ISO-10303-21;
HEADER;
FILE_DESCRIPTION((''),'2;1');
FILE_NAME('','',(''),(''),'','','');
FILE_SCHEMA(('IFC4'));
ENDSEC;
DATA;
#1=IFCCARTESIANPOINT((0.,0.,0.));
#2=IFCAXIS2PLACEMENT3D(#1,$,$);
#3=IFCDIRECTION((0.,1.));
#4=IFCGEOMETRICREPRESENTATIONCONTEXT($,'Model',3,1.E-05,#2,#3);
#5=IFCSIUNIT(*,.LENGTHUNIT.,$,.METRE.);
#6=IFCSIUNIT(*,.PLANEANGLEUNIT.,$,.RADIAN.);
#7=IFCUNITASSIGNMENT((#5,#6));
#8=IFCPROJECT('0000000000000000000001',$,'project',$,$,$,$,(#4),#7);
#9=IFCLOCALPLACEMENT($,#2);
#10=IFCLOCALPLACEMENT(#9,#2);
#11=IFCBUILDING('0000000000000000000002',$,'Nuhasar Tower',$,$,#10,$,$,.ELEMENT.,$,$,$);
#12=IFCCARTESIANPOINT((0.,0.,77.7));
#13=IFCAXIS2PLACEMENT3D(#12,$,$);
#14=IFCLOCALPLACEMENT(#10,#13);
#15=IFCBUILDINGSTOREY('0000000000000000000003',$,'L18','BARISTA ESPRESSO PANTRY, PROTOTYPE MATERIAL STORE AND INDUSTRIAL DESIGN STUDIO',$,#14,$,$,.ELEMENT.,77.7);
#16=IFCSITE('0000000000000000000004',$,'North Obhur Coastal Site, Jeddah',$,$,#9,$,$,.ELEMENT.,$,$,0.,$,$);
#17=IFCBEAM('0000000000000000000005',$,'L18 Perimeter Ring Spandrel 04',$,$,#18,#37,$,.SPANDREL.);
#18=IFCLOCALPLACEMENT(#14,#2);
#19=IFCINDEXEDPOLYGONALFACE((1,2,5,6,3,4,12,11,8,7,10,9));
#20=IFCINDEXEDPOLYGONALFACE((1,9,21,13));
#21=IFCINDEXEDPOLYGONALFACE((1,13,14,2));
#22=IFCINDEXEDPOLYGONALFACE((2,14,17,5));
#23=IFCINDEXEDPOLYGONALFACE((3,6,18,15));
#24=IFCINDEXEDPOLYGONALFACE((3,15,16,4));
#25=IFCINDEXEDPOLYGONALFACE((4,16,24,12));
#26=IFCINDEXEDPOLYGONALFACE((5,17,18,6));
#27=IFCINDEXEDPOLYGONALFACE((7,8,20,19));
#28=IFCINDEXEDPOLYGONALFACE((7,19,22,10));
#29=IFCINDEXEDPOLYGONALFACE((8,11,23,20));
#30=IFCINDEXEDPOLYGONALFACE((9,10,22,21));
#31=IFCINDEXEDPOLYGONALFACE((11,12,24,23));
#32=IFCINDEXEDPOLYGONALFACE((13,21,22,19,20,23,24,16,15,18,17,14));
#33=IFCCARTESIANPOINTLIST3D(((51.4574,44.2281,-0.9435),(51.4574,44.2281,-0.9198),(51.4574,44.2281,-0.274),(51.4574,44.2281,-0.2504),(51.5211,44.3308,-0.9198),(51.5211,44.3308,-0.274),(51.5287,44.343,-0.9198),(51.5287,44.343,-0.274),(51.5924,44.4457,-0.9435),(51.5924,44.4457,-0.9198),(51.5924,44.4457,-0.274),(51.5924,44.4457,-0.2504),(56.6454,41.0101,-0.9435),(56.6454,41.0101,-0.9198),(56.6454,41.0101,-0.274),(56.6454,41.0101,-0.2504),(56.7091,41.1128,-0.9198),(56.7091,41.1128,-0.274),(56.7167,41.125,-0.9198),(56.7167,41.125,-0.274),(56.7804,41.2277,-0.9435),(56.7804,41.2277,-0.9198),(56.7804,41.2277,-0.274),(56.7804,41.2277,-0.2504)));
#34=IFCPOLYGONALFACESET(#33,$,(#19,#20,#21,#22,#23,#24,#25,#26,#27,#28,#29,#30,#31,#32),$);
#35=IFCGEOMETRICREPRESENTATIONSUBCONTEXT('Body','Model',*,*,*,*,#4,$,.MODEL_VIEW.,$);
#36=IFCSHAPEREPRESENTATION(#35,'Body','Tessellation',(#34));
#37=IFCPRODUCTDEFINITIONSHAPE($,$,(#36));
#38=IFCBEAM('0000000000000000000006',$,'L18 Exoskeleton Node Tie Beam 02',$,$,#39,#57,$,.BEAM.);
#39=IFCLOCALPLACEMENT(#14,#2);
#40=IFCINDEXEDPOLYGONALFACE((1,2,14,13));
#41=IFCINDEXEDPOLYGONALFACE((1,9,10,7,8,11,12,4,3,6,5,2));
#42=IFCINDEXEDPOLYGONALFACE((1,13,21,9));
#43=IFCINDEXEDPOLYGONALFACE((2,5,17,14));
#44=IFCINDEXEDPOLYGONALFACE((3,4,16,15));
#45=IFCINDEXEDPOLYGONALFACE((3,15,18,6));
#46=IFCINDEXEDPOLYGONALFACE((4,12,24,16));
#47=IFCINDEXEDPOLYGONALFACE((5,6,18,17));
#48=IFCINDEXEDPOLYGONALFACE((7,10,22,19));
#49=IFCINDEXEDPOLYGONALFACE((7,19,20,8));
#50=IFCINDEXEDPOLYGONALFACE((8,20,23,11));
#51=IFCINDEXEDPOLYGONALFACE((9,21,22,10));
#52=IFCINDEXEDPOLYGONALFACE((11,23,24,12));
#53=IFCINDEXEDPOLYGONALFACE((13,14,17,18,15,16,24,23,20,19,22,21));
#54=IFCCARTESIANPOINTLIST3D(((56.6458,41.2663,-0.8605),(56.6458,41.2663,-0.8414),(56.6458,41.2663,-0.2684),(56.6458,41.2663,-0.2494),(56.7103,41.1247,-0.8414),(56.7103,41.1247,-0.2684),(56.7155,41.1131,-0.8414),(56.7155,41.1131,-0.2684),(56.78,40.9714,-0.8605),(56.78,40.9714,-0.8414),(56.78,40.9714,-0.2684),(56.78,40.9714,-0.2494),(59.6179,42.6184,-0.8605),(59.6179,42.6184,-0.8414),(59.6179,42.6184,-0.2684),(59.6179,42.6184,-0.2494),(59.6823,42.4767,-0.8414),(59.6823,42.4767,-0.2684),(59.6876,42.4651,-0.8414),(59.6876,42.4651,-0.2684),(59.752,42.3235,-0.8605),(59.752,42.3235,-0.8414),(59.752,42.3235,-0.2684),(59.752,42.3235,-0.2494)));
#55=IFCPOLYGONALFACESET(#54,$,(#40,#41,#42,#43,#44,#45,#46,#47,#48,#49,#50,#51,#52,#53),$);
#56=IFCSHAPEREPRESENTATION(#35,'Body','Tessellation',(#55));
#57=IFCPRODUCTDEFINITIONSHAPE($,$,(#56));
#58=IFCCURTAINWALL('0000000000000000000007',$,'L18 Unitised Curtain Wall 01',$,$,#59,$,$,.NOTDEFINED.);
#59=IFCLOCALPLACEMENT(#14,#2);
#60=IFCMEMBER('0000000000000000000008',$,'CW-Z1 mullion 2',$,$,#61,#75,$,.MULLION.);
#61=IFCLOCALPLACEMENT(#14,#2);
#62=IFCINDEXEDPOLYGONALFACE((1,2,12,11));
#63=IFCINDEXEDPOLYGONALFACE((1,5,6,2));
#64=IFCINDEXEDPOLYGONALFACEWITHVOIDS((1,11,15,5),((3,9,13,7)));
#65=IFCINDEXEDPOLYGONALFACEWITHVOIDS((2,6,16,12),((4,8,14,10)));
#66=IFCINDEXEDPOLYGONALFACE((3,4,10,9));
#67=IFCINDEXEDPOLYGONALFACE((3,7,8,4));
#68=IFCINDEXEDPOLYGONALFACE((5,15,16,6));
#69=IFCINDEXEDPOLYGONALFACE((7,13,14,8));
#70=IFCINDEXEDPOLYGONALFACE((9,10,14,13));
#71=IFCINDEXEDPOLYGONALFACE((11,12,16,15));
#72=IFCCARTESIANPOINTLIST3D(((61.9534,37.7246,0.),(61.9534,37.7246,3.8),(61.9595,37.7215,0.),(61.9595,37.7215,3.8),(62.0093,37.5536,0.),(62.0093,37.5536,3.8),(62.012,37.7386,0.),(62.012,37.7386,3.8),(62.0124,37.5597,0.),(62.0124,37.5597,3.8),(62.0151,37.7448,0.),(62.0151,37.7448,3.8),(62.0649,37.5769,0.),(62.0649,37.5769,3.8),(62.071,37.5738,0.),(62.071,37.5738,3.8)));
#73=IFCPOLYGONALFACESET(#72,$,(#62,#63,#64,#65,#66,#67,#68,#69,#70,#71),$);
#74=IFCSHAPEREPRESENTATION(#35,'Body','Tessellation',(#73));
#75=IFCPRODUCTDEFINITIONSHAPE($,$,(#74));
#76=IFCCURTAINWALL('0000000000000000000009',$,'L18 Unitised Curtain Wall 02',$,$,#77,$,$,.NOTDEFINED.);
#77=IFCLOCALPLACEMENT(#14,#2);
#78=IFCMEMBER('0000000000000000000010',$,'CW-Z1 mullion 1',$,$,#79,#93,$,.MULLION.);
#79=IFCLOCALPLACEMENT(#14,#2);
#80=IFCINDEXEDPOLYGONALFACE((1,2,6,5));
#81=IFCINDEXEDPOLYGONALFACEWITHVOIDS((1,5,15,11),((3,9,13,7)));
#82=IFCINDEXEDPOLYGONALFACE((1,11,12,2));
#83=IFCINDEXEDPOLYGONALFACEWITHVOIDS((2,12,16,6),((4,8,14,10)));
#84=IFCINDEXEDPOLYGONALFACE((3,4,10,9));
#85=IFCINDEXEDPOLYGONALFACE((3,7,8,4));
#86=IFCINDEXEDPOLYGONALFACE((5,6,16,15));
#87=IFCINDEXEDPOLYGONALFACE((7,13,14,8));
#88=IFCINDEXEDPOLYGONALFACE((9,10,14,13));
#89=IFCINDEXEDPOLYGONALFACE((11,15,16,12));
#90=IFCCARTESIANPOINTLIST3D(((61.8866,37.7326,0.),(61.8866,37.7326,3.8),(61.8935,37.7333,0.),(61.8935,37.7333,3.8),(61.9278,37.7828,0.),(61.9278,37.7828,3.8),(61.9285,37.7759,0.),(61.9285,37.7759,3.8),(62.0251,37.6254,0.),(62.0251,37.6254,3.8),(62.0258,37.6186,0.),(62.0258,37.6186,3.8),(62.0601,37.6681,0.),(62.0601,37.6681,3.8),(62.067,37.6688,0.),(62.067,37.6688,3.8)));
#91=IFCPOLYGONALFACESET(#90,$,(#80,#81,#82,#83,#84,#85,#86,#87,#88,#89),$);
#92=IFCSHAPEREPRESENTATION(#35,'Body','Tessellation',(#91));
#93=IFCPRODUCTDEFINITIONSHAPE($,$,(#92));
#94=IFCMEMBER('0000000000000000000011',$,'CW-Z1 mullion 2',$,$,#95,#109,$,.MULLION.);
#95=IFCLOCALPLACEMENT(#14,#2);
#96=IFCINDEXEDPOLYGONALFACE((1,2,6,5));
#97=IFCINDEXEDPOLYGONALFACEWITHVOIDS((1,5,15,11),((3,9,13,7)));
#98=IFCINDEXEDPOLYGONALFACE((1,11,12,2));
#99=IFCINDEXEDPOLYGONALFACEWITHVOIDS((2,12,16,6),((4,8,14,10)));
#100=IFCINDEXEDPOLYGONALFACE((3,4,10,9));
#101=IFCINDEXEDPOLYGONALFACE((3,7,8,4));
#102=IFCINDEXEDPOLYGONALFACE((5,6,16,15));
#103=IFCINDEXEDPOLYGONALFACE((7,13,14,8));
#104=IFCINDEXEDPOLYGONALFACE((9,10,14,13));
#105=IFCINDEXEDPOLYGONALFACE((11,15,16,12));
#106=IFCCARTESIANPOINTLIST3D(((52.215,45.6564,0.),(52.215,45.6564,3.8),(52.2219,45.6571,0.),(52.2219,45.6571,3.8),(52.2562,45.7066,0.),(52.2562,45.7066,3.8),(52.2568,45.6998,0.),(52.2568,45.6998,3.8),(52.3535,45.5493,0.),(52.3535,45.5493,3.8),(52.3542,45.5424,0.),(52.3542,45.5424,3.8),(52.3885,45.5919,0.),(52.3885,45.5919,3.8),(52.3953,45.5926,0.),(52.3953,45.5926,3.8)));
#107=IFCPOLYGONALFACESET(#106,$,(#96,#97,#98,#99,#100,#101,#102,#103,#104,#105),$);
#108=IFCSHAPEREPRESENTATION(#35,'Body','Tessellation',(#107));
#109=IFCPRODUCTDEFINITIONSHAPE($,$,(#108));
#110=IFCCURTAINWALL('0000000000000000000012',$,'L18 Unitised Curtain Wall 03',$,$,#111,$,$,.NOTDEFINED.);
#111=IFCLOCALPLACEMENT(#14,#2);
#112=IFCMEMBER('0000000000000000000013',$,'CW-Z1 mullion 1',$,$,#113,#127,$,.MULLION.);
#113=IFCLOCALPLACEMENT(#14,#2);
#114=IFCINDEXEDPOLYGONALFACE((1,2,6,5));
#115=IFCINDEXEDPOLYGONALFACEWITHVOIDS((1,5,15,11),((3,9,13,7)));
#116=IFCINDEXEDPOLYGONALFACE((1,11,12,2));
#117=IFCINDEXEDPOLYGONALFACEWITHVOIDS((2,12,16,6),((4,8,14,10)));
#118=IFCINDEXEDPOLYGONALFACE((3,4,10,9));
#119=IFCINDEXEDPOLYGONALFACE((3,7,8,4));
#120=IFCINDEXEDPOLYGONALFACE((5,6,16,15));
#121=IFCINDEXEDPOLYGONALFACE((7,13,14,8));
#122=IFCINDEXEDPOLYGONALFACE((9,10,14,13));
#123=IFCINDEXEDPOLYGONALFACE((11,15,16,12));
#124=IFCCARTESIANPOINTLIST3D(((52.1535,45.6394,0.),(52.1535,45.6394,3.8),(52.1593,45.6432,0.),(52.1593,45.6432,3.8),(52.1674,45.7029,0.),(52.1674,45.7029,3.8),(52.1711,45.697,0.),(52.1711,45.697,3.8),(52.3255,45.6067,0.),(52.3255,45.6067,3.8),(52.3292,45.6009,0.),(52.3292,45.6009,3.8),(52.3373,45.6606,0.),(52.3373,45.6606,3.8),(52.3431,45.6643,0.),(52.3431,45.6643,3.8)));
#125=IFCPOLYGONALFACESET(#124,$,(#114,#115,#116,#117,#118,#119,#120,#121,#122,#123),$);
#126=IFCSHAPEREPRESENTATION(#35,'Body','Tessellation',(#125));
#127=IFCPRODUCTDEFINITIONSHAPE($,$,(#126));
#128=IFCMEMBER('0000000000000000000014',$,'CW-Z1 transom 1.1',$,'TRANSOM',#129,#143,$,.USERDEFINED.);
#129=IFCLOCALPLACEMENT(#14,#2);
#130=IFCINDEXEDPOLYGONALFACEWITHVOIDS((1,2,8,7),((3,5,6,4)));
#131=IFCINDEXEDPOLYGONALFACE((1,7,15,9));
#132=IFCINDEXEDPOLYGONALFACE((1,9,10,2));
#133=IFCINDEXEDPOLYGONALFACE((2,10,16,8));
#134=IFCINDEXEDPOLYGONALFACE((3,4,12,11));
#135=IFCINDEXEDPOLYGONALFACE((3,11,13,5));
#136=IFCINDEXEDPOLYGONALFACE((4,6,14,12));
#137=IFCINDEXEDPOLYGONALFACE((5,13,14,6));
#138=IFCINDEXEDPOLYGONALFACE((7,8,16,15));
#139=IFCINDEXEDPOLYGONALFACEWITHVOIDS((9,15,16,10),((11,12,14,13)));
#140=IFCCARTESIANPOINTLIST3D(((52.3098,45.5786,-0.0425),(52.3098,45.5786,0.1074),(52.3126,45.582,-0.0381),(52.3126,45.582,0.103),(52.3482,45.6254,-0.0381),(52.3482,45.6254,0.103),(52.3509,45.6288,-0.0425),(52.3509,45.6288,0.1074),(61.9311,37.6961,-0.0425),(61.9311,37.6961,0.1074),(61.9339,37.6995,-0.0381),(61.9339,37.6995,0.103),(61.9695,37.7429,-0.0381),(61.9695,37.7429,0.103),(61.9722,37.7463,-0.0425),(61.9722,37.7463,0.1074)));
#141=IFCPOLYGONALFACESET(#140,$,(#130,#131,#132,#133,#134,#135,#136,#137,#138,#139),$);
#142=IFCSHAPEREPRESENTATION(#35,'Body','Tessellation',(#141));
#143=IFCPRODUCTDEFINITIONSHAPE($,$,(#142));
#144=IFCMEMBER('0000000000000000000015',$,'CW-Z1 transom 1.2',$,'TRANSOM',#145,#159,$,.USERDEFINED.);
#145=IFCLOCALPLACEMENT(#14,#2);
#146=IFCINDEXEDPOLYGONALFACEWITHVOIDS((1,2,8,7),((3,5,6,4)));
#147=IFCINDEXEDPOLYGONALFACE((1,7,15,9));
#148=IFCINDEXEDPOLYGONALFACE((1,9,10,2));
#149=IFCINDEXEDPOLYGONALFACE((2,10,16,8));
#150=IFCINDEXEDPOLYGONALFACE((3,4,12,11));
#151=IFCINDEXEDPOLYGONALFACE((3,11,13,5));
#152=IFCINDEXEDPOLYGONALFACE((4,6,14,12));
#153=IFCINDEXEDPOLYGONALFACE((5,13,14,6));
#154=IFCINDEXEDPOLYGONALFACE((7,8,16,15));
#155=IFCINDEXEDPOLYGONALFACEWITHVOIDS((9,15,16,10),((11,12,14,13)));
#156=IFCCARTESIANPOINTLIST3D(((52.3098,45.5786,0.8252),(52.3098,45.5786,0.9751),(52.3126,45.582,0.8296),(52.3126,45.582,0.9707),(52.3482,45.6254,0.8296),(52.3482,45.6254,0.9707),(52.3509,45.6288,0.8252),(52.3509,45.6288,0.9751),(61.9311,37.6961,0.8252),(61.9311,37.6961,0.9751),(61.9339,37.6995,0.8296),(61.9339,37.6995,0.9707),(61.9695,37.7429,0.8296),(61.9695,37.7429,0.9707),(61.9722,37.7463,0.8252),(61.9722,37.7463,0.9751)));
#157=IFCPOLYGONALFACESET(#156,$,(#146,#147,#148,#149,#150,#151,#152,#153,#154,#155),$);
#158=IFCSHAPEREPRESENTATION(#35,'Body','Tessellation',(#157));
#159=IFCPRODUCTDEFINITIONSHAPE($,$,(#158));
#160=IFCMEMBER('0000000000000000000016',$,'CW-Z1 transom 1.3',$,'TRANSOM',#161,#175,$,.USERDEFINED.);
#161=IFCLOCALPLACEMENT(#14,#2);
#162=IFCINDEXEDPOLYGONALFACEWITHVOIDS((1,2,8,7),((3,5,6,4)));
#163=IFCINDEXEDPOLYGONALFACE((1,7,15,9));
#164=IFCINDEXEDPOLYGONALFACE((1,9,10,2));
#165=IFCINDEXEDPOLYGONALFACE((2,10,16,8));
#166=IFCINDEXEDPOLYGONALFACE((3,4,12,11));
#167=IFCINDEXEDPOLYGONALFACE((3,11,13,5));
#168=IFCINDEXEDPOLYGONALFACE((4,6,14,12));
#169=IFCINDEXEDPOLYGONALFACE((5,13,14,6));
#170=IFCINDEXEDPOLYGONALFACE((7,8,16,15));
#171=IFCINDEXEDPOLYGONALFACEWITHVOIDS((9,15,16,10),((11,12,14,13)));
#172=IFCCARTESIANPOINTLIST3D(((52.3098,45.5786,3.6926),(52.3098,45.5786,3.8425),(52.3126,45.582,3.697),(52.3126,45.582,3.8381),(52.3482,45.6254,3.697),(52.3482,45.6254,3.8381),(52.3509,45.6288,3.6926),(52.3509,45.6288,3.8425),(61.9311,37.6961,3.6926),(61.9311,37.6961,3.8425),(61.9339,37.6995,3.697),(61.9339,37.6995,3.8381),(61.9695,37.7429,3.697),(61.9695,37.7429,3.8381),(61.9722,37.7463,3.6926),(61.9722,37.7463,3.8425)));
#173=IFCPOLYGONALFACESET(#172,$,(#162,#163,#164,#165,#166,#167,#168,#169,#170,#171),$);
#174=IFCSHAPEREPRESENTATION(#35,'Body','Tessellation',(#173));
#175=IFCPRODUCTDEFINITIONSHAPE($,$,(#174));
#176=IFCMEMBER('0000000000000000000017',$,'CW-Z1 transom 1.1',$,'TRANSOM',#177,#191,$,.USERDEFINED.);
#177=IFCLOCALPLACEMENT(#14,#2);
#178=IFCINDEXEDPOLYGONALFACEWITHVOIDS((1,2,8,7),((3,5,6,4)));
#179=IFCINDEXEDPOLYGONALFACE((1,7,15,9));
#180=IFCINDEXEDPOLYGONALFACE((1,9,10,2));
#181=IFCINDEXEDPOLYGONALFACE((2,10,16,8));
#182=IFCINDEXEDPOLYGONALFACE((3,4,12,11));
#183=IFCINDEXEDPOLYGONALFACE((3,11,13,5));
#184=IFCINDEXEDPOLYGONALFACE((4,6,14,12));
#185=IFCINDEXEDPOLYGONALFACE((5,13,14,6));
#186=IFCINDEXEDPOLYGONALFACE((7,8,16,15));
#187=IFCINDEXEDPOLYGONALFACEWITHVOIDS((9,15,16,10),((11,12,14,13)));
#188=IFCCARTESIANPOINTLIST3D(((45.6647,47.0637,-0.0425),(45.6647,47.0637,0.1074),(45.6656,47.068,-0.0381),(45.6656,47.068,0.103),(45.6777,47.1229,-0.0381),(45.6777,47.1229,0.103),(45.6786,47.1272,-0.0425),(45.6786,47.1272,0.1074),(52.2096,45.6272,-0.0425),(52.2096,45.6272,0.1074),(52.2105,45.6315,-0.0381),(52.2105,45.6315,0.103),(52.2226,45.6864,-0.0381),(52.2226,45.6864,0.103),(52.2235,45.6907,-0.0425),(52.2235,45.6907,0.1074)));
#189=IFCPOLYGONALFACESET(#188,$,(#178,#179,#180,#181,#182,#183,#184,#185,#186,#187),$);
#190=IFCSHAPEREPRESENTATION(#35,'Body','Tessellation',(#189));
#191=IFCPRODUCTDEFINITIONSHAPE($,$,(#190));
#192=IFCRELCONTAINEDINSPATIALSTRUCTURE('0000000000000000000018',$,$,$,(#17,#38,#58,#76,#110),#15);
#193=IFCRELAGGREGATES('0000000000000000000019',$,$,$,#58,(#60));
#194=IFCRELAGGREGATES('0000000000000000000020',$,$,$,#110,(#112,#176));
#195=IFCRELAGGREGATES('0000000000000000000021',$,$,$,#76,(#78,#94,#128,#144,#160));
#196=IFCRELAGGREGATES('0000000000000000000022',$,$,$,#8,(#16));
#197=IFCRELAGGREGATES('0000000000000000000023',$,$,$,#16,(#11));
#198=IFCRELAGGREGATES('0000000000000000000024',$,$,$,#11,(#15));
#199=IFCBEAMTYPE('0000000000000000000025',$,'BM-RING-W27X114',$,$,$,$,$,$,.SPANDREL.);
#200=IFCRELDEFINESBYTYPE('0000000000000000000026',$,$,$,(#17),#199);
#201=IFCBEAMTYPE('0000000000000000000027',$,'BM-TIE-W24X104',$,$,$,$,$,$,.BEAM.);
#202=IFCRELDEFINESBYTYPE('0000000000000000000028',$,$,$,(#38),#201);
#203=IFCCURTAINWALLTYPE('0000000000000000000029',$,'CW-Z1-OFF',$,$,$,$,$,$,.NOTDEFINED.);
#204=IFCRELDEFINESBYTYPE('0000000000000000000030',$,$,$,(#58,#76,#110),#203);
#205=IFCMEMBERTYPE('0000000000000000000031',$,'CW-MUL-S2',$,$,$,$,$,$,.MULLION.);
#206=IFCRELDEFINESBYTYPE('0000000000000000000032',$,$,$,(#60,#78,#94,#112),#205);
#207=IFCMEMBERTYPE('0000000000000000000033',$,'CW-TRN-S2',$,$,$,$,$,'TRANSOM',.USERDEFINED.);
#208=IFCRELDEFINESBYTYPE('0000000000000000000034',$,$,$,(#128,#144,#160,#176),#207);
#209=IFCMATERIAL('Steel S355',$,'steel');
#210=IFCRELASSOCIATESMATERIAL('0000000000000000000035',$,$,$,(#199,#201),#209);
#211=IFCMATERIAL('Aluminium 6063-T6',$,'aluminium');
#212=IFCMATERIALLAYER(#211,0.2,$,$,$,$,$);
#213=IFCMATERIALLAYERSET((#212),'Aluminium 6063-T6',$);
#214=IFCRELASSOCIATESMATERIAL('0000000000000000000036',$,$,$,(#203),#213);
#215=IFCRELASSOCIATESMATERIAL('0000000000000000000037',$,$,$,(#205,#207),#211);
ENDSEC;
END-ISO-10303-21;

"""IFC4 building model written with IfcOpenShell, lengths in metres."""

from ifc_helpers import new_model, si_unit, direction, frame, origin, origin_2d, place, context, subcontext, project, spatial, hollow_rectangle, i_section, extrude, material, layer, layer_set, material_profile, profile_set, type_object, element, aggregate, save


model = new_model("IFC4")

# Units and contexts
model_context = context("Model", 3, precision=1e-05, world=origin(), true_north=direction((0.0, 1.0)))
body_context = subcontext(model_context, "Body", "Model", "MODEL_VIEW")
ifc_project = project(units=[si_unit("LENGTHUNIT", "METRE"), si_unit("PLANEANGLEUNIT", "RADIAN")], contexts=[model_context])

# Site, building, storey
site_placement = place(None, origin())
site = spatial("IfcSite", under=ifc_project, at=site_placement, Name="North Obhur Coastal Site, Jeddah", CompositionType="ELEMENT", RefElevation=0.0)
building_placement = place(site_placement, origin())
building = spatial("IfcBuilding", under=site, at=building_placement, Name="Nuhasar Tower", CompositionType="ELEMENT")
storey_placement = place(building_placement, frame((0.0, 0.0, 77.7)))
storey = spatial("IfcBuildingStorey", under=building, at=storey_placement, Name="L18", Description="BARISTA ESPRESSO PANTRY, PROTOTYPE MATERIAL STORE AND INDUSTRIAL DESIGN STUDIO", CompositionType="ELEMENT", Elevation=77.7)

# Beams
ifc_material_1 = material(Name="Steel S355", Category="steel")
ifc_material_profile_1 = material_profile(ifc_material_1, i_section(OverallWidth=0.2561, OverallDepth=0.6931, WebThickness=0.0144, FlangeThickness=0.0237, at=origin_2d()), Name="W27X114")
ifc_profile_set_1 = profile_set([ifc_material_profile_1], Name="Steel S355")
beam_type_1 = type_object("IfcBeamType", Name="BM-RING-W27X114", PredefinedType="SPANDREL", material=ifc_profile_set_1)
beam_1_placement = place(storey_placement, frame((56.7129, 41.1189, -0.5969), z_axis=(-0.849795, 0.527113, 0.0), x_axis=(-0.527113, -0.849795, 0.0)))
element("IfcBeam", 1, at=beam_1_placement, inside=storey, type_object=beam_type_1, Name="L18 Perimeter Ring Spandrel 04", PredefinedType="SPANDREL", context=body_context, shape_type="SweptSolid", body=[
    extrude(i_section(OverallWidth=0.2561, OverallDepth=0.6931, WebThickness=0.0144, FlangeThickness=0.0237, at=origin_2d()), origin(), (0.0, 0.0, 1.0), 6.105),
])
ifc_material_profile_2 = material_profile(ifc_material_1, i_section(OverallWidth=0.324, OverallDepth=0.6111, WebThickness=0.0127, FlangeThickness=0.019, at=origin_2d()), Name="W24X104")
ifc_profile_set_2 = profile_set([ifc_material_profile_2], Name="Steel S355")
beam_type_2 = type_object("IfcBeamType", Name="BM-TIE-W24X104", PredefinedType="BEAM", material=ifc_profile_set_2)
beam_2_placement = place(storey_placement, frame((56.7129, 41.1189, -0.5549), z_axis=(0.910244, 0.414073, 0.0), x_axis=(-0.414073, 0.910244, 0.0)))
element("IfcBeam", 2, at=beam_2_placement, inside=storey, type_object=beam_type_2, Name="L18 Exoskeleton Node Tie Beam 02", PredefinedType="BEAM", context=body_context, shape_type="SweptSolid", body=[
    extrude(i_section(OverallWidth=0.324, OverallDepth=0.6111, WebThickness=0.0127, FlangeThickness=0.019, at=origin_2d()), origin(), (0.0, 0.0, 1.0), 3.2651),
])

# Curtain wall, member
ifc_material_2 = material(Name="Aluminium 6063-T6", Category="aluminium")
ifc_layer_1 = layer(ifc_material_2, 0.2)
ifc_layer_set_1 = layer_set([ifc_layer_1], Name="Aluminium 6063-T6")
curtain_wall_type = type_object("IfcCurtainWallType", Name="CW-Z1-OFF", PredefinedType="NOTDEFINED", material=ifc_layer_set_1)
curtain_wall_1_placement = place(storey_placement, origin())
curtain_wall_1 = element("IfcCurtainWall", 3, at=curtain_wall_1_placement, inside=storey, type_object=curtain_wall_type, Name="L18 Unitised Curtain Wall 01", PredefinedType="NOTDEFINED")
ifc_material_profile_3 = material_profile(ifc_material_2, hollow_rectangle(XDim=0.0649, YDim=0.1799, WallThickness=0.0049, at=origin_2d()), Name="CWM-2")
ifc_profile_set_3 = profile_set([ifc_material_profile_3], Name="Aluminium 6063-T6")
member_type_1 = type_object("IfcMemberType", Name="CW-MUL-S2", PredefinedType="MULLION", material=ifc_profile_set_3)
member_1_placement = place(storey_placement, frame((62.0122, 37.6492, 0.0), z_axis=(0.0, 0.0, 1.0), x_axis=(-0.950468, -0.310824, 0.0)))
member_1 = element("IfcMember", 4, at=member_1_placement, type_object=member_type_1, Name="CW-Z1 mullion 2", PredefinedType="MULLION", context=body_context, shape_type="SweptSolid", body=[
    extrude(hollow_rectangle(XDim=0.0649, YDim=0.1799, WallThickness=0.0049, at=origin_2d()), origin(), (0.0, 0.0, 1.0), 3.8),
])
aggregate(curtain_wall_1, [member_1])

# Curtain wall, members
curtain_wall_2_placement = place(storey_placement, origin())
curtain_wall_2 = element("IfcCurtainWall", 5, at=curtain_wall_2_placement, inside=storey, type_object=curtain_wall_type, Name="L18 Unitised Curtain Wall 02", PredefinedType="NOTDEFINED")
member_2_placement = place(storey_placement, frame((61.9768, 37.7007, 0.0), z_axis=(0.0, 0.0, 1.0), x_axis=(-0.633745, -0.773542, 0.0)))
member_2 = element("IfcMember", 6, at=member_2_placement, type_object=member_type_1, Name="CW-Z1 mullion 1", PredefinedType="MULLION", context=body_context, shape_type="SweptSolid", body=[
    extrude(hollow_rectangle(XDim=0.0649, YDim=0.1799, WallThickness=0.0049, at=origin_2d()), origin(), (0.0, 0.0, 1.0), 3.8),
])
member_3_placement = place(storey_placement, frame((52.3052, 45.6245, 0.0), z_axis=(0.0, 0.0, 1.0), x_axis=(-0.633745, -0.773542, 0.0)))
member_3 = element("IfcMember", 7, at=member_3_placement, type_object=member_type_1, Name="CW-Z1 mullion 2", PredefinedType="MULLION", context=body_context, shape_type="SweptSolid", body=[
    extrude(hollow_rectangle(XDim=0.0649, YDim=0.1799, WallThickness=0.0049, at=origin_2d()), origin(), (0.0, 0.0, 1.0), 3.8),
])

# Curtain wall, member
curtain_wall_3_placement = place(storey_placement, origin())
curtain_wall_3 = element("IfcCurtainWall", 8, at=curtain_wall_3_placement, inside=storey, type_object=curtain_wall_type, Name="L18 Unitised Curtain Wall 03", PredefinedType="NOTDEFINED")
member_4_placement = place(storey_placement, frame((52.2483, 45.6519, 0.0), z_axis=(0.0, 0.0, 1.0), x_axis=(-0.214399, -0.976746, 0.0)))
member_4 = element("IfcMember", 9, at=member_4_placement, type_object=member_type_1, Name="CW-Z1 mullion 1", PredefinedType="MULLION", context=body_context, shape_type="SweptSolid", body=[
    extrude(hollow_rectangle(XDim=0.0649, YDim=0.1799, WallThickness=0.0049, at=origin_2d()), origin(), (0.0, 0.0, 1.0), 3.8),
])

# Members
ifc_material_profile_4 = material_profile(ifc_material_2, hollow_rectangle(XDim=0.0649, YDim=0.1499, WallThickness=0.0044, at=origin_2d()), Name="CWT-2")
ifc_profile_set_4 = profile_set([ifc_material_profile_4], Name="Aluminium 6063-T6")
member_type_2 = type_object("IfcMemberType", Name="CW-TRN-S2", ElementType="TRANSOM", PredefinedType="USERDEFINED", material=ifc_profile_set_4)
member_5_placement = place(storey_placement, frame((61.9517, 37.7212, 0.0325), z_axis=(-0.773541, 0.633746, 0.0), x_axis=(-0.633746, -0.773541, 0.0)))
member_5 = element("IfcMember", 10, at=member_5_placement, type_object=member_type_2, Name="CW-Z1 transom 1.1", ObjectType="TRANSOM", PredefinedType="USERDEFINED", context=body_context, shape_type="SweptSolid", body=[
    extrude(hollow_rectangle(XDim=0.0649, YDim=0.1499, WallThickness=0.0044, at=origin_2d()), origin(), (0.0, 0.0, 1.0), 12.438),
])
member_6_placement = place(storey_placement, frame((61.9517, 37.7212, 0.9001), z_axis=(-0.773541, 0.633746, 0.0), x_axis=(-0.633746, -0.773541, 0.0)))
member_6 = element("IfcMember", 11, at=member_6_placement, type_object=member_type_2, Name="CW-Z1 transom 1.2", ObjectType="TRANSOM", PredefinedType="USERDEFINED", context=body_context, shape_type="SweptSolid", body=[
    extrude(hollow_rectangle(XDim=0.0649, YDim=0.1499, WallThickness=0.0044, at=origin_2d()), origin(), (0.0, 0.0, 1.0), 12.438),
])
member_7_placement = place(storey_placement, frame((61.9517, 37.7212, 3.7676), z_axis=(-0.773541, 0.633746, 0.0), x_axis=(-0.633746, -0.773541, 0.0)))
member_7 = element("IfcMember", 12, at=member_7_placement, type_object=member_type_2, Name="CW-Z1 transom 1.3", ObjectType="TRANSOM", PredefinedType="USERDEFINED", context=body_context, shape_type="SweptSolid", body=[
    extrude(hollow_rectangle(XDim=0.0649, YDim=0.1499, WallThickness=0.0044, at=origin_2d()), origin(), (0.0, 0.0, 1.0), 12.438),
])
member_8_placement = place(storey_placement, frame((52.2166, 45.6589, 0.0325), z_axis=(-0.97675, 0.214384, 0.0), x_axis=(-0.214384, -0.97675, 0.0)))
member_8 = element("IfcMember", 13, at=member_8_placement, type_object=member_type_2, Name="CW-Z1 transom 1.1", ObjectType="TRANSOM", PredefinedType="USERDEFINED", context=body_context, shape_type="SweptSolid", body=[
    extrude(hollow_rectangle(XDim=0.0649, YDim=0.1499, WallThickness=0.0044, at=origin_2d()), origin(), (0.0, 0.0, 1.0), 6.7007),
])
aggregate(curtain_wall_3, [member_4, member_8])

aggregate(curtain_wall_2, [member_2, member_3, member_5, member_6, member_7])

save(model, "model.ifc")
